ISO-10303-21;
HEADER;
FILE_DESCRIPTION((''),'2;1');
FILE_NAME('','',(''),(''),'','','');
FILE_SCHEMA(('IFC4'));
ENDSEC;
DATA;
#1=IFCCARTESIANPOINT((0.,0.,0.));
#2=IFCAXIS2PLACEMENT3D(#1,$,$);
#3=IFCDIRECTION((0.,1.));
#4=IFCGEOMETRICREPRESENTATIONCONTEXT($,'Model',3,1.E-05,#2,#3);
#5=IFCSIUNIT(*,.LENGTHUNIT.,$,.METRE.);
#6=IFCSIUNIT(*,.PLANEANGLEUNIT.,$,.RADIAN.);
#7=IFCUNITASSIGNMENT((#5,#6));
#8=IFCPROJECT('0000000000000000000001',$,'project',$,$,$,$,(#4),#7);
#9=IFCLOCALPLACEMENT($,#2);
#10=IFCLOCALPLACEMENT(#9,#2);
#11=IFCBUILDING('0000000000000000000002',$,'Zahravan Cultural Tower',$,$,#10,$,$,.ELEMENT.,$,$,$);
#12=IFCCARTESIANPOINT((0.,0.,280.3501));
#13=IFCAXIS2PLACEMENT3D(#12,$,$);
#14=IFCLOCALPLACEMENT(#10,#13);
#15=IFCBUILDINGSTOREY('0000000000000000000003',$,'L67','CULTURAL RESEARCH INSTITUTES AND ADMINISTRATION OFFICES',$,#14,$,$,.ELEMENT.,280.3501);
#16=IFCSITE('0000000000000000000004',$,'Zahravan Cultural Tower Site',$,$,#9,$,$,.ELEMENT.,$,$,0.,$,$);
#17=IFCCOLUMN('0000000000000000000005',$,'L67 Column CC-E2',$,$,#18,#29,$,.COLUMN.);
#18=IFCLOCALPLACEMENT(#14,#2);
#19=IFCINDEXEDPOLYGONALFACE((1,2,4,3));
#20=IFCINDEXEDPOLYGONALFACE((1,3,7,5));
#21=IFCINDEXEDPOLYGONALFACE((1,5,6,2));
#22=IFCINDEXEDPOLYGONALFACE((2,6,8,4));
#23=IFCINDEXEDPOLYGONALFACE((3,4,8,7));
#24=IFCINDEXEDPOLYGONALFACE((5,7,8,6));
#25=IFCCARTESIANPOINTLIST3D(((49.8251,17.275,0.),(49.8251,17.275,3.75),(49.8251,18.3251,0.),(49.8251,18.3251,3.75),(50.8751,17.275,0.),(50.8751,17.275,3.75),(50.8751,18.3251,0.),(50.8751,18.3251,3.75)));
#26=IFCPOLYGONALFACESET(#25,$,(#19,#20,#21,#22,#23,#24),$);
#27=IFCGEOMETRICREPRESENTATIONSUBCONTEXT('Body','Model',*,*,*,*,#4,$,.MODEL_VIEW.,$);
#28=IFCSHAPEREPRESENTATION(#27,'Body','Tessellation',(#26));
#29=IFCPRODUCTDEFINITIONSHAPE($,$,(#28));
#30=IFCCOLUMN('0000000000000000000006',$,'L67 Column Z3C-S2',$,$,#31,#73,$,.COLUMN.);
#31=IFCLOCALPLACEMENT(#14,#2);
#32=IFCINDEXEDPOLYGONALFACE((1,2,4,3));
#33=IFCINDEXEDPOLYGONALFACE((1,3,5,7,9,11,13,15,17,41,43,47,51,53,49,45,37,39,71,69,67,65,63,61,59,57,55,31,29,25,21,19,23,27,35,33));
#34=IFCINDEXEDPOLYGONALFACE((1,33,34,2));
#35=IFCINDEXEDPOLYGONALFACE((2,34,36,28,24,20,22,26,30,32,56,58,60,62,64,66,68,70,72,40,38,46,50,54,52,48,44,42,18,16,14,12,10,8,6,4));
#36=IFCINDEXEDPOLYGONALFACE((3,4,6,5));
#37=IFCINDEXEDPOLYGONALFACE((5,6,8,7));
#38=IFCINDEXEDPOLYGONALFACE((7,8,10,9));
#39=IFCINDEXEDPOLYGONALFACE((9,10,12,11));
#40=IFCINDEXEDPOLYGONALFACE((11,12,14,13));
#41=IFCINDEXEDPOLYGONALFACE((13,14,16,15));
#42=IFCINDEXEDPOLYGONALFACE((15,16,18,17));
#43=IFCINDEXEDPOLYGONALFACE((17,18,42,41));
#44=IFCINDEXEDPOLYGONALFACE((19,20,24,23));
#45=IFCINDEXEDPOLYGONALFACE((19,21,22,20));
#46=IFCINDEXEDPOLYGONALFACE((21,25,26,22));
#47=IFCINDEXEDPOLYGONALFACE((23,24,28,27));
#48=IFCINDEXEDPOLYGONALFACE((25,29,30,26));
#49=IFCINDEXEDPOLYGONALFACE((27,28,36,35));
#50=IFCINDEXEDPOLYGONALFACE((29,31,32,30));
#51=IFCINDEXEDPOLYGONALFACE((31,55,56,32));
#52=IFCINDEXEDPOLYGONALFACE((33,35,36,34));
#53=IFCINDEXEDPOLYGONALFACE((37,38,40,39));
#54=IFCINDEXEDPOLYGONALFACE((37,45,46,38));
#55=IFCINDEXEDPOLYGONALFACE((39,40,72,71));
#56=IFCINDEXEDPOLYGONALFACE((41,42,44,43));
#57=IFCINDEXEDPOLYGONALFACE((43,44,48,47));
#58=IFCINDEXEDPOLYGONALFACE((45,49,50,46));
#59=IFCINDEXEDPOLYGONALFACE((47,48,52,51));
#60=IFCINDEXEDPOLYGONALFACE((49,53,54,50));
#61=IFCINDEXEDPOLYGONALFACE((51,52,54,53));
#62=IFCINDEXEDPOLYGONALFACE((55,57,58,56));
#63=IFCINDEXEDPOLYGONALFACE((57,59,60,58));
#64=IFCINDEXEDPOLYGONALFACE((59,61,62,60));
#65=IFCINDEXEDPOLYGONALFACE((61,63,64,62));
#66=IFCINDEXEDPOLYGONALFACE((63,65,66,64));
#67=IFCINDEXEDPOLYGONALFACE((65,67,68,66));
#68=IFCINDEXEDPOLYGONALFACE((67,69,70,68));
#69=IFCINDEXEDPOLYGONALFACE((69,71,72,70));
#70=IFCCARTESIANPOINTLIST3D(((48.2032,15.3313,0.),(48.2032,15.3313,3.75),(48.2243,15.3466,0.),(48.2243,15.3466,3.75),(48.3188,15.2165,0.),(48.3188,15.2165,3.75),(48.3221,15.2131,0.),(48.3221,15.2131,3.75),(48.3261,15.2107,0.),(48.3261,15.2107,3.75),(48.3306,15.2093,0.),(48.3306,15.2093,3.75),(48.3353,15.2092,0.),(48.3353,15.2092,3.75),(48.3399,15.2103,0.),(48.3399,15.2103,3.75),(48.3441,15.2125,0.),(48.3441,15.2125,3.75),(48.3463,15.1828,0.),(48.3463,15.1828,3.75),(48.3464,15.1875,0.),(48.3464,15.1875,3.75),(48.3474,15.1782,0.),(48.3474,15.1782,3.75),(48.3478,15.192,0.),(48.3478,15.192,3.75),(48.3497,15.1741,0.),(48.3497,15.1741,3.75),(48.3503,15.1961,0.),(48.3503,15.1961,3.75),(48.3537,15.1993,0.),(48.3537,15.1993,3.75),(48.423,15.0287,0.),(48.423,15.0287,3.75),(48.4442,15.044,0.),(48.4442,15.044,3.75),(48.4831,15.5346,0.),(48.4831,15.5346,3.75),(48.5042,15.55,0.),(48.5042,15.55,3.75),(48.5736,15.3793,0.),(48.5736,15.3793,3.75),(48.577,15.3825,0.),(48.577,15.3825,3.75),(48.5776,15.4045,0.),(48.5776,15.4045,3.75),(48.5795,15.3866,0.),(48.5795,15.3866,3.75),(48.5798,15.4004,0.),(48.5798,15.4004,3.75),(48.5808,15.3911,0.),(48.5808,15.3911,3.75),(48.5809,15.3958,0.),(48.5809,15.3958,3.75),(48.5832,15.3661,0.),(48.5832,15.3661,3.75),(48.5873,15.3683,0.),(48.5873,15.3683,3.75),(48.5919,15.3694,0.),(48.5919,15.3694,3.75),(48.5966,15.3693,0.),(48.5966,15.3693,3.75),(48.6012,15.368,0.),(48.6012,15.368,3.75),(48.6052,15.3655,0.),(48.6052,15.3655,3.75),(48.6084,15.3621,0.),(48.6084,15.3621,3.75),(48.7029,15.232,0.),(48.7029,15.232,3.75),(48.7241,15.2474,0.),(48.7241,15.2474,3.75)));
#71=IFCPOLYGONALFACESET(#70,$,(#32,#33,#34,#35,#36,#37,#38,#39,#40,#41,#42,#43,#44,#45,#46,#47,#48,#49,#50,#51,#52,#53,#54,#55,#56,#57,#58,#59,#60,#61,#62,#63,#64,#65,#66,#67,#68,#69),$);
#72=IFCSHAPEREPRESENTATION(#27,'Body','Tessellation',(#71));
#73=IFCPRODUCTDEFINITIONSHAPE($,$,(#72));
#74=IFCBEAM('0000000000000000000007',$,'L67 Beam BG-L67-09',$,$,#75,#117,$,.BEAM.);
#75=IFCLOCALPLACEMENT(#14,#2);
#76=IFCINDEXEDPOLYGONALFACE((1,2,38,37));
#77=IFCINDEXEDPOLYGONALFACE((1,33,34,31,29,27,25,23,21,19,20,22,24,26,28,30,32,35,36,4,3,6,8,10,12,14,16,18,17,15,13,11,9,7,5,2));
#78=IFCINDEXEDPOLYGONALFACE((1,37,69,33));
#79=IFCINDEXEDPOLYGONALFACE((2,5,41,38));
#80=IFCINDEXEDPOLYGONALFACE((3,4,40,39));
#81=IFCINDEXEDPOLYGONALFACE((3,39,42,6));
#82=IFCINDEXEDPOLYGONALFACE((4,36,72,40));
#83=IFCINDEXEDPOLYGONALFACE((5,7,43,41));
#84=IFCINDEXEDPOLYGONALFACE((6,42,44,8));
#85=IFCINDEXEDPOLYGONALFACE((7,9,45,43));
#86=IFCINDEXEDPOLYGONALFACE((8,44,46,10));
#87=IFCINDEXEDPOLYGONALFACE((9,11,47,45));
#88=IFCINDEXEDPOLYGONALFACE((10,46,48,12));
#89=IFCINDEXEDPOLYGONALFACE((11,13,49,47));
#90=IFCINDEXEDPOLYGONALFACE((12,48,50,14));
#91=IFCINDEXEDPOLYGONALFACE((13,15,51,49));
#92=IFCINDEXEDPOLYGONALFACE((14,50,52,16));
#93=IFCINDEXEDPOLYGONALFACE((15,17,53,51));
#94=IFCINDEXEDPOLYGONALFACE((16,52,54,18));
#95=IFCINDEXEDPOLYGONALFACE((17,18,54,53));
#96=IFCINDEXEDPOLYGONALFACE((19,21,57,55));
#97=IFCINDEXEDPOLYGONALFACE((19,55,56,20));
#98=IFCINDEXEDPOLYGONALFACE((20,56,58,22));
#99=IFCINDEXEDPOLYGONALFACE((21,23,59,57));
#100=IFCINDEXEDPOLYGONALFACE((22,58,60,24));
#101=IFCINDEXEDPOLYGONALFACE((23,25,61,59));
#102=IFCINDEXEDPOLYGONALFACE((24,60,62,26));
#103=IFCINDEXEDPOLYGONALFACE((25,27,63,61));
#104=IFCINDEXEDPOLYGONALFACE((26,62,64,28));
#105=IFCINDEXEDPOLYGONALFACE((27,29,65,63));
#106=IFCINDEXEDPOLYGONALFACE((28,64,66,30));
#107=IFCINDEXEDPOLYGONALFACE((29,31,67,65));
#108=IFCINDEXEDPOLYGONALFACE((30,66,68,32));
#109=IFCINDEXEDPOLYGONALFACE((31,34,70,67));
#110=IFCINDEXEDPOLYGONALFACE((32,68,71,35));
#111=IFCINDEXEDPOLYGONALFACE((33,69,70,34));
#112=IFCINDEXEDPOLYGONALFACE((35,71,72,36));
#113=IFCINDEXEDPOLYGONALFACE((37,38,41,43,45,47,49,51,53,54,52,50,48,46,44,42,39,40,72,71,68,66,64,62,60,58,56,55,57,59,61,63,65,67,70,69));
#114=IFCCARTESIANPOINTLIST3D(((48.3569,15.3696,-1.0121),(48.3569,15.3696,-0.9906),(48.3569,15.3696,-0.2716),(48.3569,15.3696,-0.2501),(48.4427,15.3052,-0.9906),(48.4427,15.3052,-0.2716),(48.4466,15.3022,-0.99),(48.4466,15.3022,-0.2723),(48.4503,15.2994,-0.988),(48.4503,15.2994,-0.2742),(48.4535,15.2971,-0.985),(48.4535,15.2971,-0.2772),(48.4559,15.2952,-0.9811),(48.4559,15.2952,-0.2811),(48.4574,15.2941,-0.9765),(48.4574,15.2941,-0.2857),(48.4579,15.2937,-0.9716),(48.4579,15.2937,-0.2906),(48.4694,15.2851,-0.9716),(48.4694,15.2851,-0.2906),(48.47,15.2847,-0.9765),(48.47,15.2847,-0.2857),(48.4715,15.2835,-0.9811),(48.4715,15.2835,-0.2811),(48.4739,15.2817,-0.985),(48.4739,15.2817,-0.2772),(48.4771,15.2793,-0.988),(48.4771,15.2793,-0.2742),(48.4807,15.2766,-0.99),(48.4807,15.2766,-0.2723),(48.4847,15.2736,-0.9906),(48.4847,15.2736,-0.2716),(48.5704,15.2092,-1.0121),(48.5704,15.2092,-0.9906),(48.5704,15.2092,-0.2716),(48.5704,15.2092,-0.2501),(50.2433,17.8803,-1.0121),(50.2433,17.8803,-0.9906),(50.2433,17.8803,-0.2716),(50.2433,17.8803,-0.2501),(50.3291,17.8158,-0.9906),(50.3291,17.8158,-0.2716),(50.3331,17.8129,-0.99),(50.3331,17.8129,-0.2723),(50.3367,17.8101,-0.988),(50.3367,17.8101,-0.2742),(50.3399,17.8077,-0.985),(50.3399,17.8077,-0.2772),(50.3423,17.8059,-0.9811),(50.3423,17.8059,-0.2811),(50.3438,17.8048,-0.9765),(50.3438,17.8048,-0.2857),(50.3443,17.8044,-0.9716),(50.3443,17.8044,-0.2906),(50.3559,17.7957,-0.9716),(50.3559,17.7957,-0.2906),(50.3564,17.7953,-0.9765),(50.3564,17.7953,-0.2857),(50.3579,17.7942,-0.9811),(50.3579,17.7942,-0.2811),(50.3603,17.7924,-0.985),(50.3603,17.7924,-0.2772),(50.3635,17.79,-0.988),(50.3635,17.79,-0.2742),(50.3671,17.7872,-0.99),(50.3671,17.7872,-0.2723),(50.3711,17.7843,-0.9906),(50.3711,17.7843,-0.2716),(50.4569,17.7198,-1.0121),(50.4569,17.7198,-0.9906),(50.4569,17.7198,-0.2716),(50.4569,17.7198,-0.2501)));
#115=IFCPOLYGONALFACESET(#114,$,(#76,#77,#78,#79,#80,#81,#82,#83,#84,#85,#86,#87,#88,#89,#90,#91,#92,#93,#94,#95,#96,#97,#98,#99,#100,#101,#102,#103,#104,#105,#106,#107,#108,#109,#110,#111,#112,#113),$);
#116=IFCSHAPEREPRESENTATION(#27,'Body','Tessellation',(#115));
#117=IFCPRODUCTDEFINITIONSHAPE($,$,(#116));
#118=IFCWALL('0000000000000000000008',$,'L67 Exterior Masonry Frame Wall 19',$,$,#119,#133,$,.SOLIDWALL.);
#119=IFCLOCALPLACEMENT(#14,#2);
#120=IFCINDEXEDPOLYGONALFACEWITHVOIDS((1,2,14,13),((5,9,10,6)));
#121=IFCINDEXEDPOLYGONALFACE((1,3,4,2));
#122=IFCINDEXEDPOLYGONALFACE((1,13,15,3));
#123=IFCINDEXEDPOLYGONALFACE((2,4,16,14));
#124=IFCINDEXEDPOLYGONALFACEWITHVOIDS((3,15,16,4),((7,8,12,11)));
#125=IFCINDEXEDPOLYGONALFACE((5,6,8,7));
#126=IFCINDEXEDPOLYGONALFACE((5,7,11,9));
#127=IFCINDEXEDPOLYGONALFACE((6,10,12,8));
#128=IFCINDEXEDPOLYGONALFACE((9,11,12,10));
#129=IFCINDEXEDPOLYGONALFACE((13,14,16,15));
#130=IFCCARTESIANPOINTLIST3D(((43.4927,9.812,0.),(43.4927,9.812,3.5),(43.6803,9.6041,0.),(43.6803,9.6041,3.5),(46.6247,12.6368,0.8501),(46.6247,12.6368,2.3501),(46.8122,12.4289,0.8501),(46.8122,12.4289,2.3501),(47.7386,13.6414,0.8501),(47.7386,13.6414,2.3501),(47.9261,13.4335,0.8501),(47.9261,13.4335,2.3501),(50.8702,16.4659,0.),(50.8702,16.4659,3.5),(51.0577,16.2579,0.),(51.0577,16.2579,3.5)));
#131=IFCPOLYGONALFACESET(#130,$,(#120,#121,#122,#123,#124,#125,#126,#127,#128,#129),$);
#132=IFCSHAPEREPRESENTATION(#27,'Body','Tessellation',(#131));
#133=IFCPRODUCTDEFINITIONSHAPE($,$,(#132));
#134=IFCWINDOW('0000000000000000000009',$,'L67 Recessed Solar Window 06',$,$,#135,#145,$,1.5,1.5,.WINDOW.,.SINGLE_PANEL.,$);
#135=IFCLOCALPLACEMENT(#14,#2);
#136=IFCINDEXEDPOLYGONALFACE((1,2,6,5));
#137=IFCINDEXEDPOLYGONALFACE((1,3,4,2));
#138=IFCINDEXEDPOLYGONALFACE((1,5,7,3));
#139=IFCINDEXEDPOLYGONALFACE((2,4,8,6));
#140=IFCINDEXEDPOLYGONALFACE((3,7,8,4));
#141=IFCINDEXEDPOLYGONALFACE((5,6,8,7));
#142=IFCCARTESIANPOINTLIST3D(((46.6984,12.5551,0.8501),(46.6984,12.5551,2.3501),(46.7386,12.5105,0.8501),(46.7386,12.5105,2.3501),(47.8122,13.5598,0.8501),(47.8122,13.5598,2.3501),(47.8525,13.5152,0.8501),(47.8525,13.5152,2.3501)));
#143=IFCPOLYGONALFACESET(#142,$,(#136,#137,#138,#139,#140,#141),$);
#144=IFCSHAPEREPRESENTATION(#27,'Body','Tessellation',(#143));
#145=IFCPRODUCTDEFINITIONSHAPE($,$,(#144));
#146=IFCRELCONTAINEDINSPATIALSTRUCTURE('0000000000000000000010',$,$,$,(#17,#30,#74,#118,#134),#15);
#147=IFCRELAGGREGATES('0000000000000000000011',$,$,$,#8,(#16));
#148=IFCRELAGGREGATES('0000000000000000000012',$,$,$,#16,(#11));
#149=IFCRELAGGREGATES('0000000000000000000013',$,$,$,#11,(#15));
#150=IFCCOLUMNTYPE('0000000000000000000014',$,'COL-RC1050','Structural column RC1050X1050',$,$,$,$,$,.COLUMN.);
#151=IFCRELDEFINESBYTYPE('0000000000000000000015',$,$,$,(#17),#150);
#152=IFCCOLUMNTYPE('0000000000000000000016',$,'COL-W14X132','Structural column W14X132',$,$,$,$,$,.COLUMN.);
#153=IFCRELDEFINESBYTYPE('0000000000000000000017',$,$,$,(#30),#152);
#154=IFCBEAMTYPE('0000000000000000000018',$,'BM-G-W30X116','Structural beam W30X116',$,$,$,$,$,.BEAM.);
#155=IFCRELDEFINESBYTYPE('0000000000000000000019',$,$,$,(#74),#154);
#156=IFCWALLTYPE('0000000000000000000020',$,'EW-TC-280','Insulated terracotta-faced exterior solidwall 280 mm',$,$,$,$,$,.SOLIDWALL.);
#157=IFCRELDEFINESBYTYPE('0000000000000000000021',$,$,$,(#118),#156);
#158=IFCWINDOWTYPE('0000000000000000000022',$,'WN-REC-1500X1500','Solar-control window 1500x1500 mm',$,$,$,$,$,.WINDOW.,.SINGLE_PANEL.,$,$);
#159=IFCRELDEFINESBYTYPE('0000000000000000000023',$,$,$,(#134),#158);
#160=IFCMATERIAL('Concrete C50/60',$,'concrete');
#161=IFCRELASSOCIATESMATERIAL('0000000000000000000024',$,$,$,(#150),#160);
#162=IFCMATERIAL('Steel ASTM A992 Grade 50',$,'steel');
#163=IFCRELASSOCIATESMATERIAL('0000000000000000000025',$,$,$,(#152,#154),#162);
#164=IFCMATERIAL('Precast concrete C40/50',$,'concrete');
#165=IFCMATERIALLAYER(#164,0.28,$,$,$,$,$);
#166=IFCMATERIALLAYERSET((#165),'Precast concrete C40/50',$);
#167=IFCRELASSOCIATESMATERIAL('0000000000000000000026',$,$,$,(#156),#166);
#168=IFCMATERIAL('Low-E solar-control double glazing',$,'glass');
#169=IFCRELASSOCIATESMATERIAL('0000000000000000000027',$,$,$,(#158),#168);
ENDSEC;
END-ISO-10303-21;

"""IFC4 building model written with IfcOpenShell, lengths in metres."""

from ifc_helpers import new_model, si_unit, direction, frame, frame_2d, origin, origin_2d, place, context, subcontext, project, spatial, rectangle, i_section, extrude, source, transform, mapped, material, layer, layer_set, material_profile, profile_set, type_object, element, fill, save


model = new_model("IFC4")

# Units and contexts
model_context = context("Model", 3, precision=1e-05, world=origin(), true_north=direction((0.0, 1.0)))
body_context = subcontext(model_context, "Body", "Model", "MODEL_VIEW")
ifc_project = project(units=[si_unit("LENGTHUNIT", "METRE"), si_unit("PLANEANGLEUNIT", "RADIAN")], contexts=[model_context])

# Site, building, storey
site_placement = place(None, origin())
site = spatial("IfcSite", under=ifc_project, at=site_placement, Name="Zahravan Cultural Tower Site", CompositionType="ELEMENT", RefElevation=0.0)
building_placement = place(site_placement, origin())
building = spatial("IfcBuilding", under=site, at=building_placement, Name="Zahravan Cultural Tower", CompositionType="ELEMENT")
storey_placement = place(building_placement, frame((0.0, 0.0, 280.3501)))
storey = spatial("IfcBuildingStorey", under=building, at=storey_placement, Name="L67", Description="CULTURAL RESEARCH INSTITUTES AND ADMINISTRATION OFFICES", CompositionType="ELEMENT", Elevation=280.3501)

# Columns
ifc_material_1 = material(Name="Concrete C50/60", Category="concrete")
ifc_material_profile_1 = material_profile(ifc_material_1, rectangle(XDim=1.05, YDim=1.05, at=origin_2d()), Name="RC1050X1050")
ifc_profile_set_1 = profile_set([ifc_material_profile_1], Name="Concrete C50/60")
column_type_1 = type_object("IfcColumnType", Name="COL-RC1050", Description="Structural column RC1050X1050", PredefinedType="COLUMN", material=ifc_profile_set_1)
shared_shape_1 = source(origin(), body_context, "Body", "SweptSolid", [
    extrude(rectangle(XDim=1.05, YDim=1.05, at=origin_2d()), origin(), (0.0, 0.0, 1.0), 3.75),
])
column_1_placement = place(storey_placement, frame((50.3501, 17.8, 0.0), z_axis=(0.0, 0.0, 1.0), x_axis=(1.0, 0.0, 0.0)))
element("IfcColumn", 1, at=column_1_placement, inside=storey, type_object=column_type_1, Name="L67 Column CC-E2", PredefinedType="COLUMN", context=body_context, shape_type="MappedRepresentation", body=[
    mapped(shared_shape_1, transform((0.0, 0.0, 0.0), x_axis=(1.0, 0.0, 0.0), y_axis=(0.0, 1.0, 0.0), z_axis=(0.0, 0.0, 1.0), scale=1.0)),
])
ifc_material_2 = material(Name="Steel ASTM A992 Grade 50", Category="steel")
ifc_material_profile_2 = material_profile(ifc_material_2, i_section(OverallWidth=0.374, OverallDepth=0.3721, WebThickness=0.0164, FlangeThickness=0.0261, FilletRadius=0.0181, at=origin_2d()), Name="W14X132")
ifc_profile_set_2 = profile_set([ifc_material_profile_2], Name="Steel ASTM A992 Grade 50")
column_type_2 = type_object("IfcColumnType", Name="COL-W14X132", Description="Structural column W14X132", PredefinedType="COLUMN", material=ifc_profile_set_2)
shared_shape_2 = source(origin(), body_context, "Body", "SweptSolid", [
    extrude(i_section(OverallWidth=0.374, OverallDepth=0.3721, WebThickness=0.0164, FlangeThickness=0.0261, FilletRadius=0.0181, at=origin_2d()), origin(), (0.0, 0.0, 1.0), 3.75),
])
column_2_placement = place(storey_placement, frame((48.4636, 15.2893, 0.0), z_axis=(0.0, 0.0, 1.0), x_axis=(-0.587785, 0.809017, 0.0)))
element("IfcColumn", 2, at=column_2_placement, inside=storey, type_object=column_type_2, Name="L67 Column Z3C-S2", PredefinedType="COLUMN", context=body_context, shape_type="MappedRepresentation", body=[
    mapped(shared_shape_2, transform((0.0, 0.0, 0.0), x_axis=(1.0, 0.0, 0.0), y_axis=(0.0, 1.0, 0.0), z_axis=(0.0, 0.0, 1.0), scale=1.0)),
])

# Beam
ifc_material_profile_3 = material_profile(ifc_material_2, i_section(OverallWidth=0.2671, OverallDepth=0.762, WebThickness=0.0144, FlangeThickness=0.0215, FilletRadius=0.019, at=origin_2d()), Name="W30X116")
ifc_profile_set_3 = profile_set([ifc_material_profile_3], Name="Steel ASTM A992 Grade 50")
beam_type = type_object("IfcBeamType", Name="BM-G-W30X116", Description="Structural beam W30X116", PredefinedType="BEAM", material=ifc_profile_set_3)
shared_shape_3 = source(origin(), body_context, "Body", "SweptSolid", [
    extrude(i_section(OverallWidth=0.2671, OverallDepth=0.762, WebThickness=0.0144, FlangeThickness=0.0215, FilletRadius=0.019, at=origin_2d()), origin(), (0.0, 0.0, 1.0), 3.1404),
])
beam_placement = place(storey_placement, frame((50.3501, 17.8, -0.6311), z_axis=(-0.600696, -0.799477, 0.0), x_axis=(0.799477, -0.600696, 0.0)))
element("IfcBeam", 3, at=beam_placement, inside=storey, type_object=beam_type, Name="L67 Beam BG-L67-09", PredefinedType="BEAM", context=body_context, shape_type="MappedRepresentation", body=[
    mapped(shared_shape_3, transform((0.0, 0.0, 0.0), x_axis=(1.0, 0.0, 0.0), y_axis=(0.0, 1.0, 0.0), z_axis=(0.0, 0.0, 1.0), scale=1.0)),
])

# Wall, opening, window
ifc_material_3 = material(Name="Precast concrete C40/50", Category="concrete")
ifc_layer_1 = layer(ifc_material_3, 0.28)
ifc_layer_set_1 = layer_set([ifc_layer_1], Name="Precast concrete C40/50")
wall_type_1 = type_object("IfcWallType", Name="EW-TC-280", Description="Insulated terracotta-faced exterior solidwall 280 mm", PredefinedType="SOLIDWALL", material=ifc_layer_set_1)
wall_1_placement = place(storey_placement, frame((50.9639, 16.3618, 0.0), z_axis=(0.0, 0.0, 1.0), x_axis=(-0.742587, -0.669749, 0.0)))
wall_1 = element("IfcWall", 4, at=wall_1_placement, inside=storey, type_object=wall_type_1, Name="L67 Exterior Masonry Frame Wall 19", PredefinedType="SOLIDWALL", context=body_context, shape_type="SweptSolid", body=[
    extrude(rectangle(XDim=9.9348, YDim=0.28, at=frame_2d((4.9673, 0.0))), origin(), (0.0, 0.0, 1.0), 3.5),
])
opening_1_placement = place(wall_1_placement, frame((4.217, 0.0, 0.8501)))
opening_1 = element("IfcOpeningElement", 5, at=opening_1_placement, cuts=wall_1, PredefinedType="OPENING", context=body_context, shape_type="SweptSolid", body=[
    extrude(rectangle(XDim=1.5, YDim=1.5, at=frame_2d((0.75, 0.75))), frame((0.0, 0.1499, 0.0), z_axis=(0.0, -1.0, 0.0), x_axis=(1.0, 0.0, 0.0)), (0.0, 0.0, 1.0), 0.3),
])
ifc_material_4 = material(Name="Low-E solar-control double glazing", Category="glass")
window_type = type_object("IfcWindowType", Name="WN-REC-1500X1500", Description="Solar-control window 1500x1500 mm", PartitioningType="SINGLE_PANEL", PredefinedType="WINDOW", material=ifc_material_4)
shared_shape_4 = source(origin(), body_context, "Body", "SweptSolid", [
    extrude(rectangle(XDim=1.5, YDim=1.5, at=frame_2d((0.75, 0.75))), frame((0.0, 0.03, 0.0), z_axis=(0.0, -1.0, 0.0), x_axis=(1.0, 0.0, 0.0)), (0.0, 0.0, 1.0), 0.0601),
])
window_placement = place(opening_1_placement, origin())
window = element("IfcWindow", 6, at=window_placement, inside=storey, type_object=window_type, Name="L67 Recessed Solar Window 06", OverallHeight=1.5, OverallWidth=1.5, PartitioningType="SINGLE_PANEL", PredefinedType="WINDOW", context=body_context, shape_type="MappedRepresentation", body=[
    mapped(shared_shape_4, transform((0.0, 0.0, 0.0), x_axis=(1.0, 0.0, 0.0), y_axis=(0.0, 1.0, 0.0), z_axis=(0.0, 0.0, 1.0), scale=1.0)),
])
fill(opening_1, window)

save(model, "model.ifc")
